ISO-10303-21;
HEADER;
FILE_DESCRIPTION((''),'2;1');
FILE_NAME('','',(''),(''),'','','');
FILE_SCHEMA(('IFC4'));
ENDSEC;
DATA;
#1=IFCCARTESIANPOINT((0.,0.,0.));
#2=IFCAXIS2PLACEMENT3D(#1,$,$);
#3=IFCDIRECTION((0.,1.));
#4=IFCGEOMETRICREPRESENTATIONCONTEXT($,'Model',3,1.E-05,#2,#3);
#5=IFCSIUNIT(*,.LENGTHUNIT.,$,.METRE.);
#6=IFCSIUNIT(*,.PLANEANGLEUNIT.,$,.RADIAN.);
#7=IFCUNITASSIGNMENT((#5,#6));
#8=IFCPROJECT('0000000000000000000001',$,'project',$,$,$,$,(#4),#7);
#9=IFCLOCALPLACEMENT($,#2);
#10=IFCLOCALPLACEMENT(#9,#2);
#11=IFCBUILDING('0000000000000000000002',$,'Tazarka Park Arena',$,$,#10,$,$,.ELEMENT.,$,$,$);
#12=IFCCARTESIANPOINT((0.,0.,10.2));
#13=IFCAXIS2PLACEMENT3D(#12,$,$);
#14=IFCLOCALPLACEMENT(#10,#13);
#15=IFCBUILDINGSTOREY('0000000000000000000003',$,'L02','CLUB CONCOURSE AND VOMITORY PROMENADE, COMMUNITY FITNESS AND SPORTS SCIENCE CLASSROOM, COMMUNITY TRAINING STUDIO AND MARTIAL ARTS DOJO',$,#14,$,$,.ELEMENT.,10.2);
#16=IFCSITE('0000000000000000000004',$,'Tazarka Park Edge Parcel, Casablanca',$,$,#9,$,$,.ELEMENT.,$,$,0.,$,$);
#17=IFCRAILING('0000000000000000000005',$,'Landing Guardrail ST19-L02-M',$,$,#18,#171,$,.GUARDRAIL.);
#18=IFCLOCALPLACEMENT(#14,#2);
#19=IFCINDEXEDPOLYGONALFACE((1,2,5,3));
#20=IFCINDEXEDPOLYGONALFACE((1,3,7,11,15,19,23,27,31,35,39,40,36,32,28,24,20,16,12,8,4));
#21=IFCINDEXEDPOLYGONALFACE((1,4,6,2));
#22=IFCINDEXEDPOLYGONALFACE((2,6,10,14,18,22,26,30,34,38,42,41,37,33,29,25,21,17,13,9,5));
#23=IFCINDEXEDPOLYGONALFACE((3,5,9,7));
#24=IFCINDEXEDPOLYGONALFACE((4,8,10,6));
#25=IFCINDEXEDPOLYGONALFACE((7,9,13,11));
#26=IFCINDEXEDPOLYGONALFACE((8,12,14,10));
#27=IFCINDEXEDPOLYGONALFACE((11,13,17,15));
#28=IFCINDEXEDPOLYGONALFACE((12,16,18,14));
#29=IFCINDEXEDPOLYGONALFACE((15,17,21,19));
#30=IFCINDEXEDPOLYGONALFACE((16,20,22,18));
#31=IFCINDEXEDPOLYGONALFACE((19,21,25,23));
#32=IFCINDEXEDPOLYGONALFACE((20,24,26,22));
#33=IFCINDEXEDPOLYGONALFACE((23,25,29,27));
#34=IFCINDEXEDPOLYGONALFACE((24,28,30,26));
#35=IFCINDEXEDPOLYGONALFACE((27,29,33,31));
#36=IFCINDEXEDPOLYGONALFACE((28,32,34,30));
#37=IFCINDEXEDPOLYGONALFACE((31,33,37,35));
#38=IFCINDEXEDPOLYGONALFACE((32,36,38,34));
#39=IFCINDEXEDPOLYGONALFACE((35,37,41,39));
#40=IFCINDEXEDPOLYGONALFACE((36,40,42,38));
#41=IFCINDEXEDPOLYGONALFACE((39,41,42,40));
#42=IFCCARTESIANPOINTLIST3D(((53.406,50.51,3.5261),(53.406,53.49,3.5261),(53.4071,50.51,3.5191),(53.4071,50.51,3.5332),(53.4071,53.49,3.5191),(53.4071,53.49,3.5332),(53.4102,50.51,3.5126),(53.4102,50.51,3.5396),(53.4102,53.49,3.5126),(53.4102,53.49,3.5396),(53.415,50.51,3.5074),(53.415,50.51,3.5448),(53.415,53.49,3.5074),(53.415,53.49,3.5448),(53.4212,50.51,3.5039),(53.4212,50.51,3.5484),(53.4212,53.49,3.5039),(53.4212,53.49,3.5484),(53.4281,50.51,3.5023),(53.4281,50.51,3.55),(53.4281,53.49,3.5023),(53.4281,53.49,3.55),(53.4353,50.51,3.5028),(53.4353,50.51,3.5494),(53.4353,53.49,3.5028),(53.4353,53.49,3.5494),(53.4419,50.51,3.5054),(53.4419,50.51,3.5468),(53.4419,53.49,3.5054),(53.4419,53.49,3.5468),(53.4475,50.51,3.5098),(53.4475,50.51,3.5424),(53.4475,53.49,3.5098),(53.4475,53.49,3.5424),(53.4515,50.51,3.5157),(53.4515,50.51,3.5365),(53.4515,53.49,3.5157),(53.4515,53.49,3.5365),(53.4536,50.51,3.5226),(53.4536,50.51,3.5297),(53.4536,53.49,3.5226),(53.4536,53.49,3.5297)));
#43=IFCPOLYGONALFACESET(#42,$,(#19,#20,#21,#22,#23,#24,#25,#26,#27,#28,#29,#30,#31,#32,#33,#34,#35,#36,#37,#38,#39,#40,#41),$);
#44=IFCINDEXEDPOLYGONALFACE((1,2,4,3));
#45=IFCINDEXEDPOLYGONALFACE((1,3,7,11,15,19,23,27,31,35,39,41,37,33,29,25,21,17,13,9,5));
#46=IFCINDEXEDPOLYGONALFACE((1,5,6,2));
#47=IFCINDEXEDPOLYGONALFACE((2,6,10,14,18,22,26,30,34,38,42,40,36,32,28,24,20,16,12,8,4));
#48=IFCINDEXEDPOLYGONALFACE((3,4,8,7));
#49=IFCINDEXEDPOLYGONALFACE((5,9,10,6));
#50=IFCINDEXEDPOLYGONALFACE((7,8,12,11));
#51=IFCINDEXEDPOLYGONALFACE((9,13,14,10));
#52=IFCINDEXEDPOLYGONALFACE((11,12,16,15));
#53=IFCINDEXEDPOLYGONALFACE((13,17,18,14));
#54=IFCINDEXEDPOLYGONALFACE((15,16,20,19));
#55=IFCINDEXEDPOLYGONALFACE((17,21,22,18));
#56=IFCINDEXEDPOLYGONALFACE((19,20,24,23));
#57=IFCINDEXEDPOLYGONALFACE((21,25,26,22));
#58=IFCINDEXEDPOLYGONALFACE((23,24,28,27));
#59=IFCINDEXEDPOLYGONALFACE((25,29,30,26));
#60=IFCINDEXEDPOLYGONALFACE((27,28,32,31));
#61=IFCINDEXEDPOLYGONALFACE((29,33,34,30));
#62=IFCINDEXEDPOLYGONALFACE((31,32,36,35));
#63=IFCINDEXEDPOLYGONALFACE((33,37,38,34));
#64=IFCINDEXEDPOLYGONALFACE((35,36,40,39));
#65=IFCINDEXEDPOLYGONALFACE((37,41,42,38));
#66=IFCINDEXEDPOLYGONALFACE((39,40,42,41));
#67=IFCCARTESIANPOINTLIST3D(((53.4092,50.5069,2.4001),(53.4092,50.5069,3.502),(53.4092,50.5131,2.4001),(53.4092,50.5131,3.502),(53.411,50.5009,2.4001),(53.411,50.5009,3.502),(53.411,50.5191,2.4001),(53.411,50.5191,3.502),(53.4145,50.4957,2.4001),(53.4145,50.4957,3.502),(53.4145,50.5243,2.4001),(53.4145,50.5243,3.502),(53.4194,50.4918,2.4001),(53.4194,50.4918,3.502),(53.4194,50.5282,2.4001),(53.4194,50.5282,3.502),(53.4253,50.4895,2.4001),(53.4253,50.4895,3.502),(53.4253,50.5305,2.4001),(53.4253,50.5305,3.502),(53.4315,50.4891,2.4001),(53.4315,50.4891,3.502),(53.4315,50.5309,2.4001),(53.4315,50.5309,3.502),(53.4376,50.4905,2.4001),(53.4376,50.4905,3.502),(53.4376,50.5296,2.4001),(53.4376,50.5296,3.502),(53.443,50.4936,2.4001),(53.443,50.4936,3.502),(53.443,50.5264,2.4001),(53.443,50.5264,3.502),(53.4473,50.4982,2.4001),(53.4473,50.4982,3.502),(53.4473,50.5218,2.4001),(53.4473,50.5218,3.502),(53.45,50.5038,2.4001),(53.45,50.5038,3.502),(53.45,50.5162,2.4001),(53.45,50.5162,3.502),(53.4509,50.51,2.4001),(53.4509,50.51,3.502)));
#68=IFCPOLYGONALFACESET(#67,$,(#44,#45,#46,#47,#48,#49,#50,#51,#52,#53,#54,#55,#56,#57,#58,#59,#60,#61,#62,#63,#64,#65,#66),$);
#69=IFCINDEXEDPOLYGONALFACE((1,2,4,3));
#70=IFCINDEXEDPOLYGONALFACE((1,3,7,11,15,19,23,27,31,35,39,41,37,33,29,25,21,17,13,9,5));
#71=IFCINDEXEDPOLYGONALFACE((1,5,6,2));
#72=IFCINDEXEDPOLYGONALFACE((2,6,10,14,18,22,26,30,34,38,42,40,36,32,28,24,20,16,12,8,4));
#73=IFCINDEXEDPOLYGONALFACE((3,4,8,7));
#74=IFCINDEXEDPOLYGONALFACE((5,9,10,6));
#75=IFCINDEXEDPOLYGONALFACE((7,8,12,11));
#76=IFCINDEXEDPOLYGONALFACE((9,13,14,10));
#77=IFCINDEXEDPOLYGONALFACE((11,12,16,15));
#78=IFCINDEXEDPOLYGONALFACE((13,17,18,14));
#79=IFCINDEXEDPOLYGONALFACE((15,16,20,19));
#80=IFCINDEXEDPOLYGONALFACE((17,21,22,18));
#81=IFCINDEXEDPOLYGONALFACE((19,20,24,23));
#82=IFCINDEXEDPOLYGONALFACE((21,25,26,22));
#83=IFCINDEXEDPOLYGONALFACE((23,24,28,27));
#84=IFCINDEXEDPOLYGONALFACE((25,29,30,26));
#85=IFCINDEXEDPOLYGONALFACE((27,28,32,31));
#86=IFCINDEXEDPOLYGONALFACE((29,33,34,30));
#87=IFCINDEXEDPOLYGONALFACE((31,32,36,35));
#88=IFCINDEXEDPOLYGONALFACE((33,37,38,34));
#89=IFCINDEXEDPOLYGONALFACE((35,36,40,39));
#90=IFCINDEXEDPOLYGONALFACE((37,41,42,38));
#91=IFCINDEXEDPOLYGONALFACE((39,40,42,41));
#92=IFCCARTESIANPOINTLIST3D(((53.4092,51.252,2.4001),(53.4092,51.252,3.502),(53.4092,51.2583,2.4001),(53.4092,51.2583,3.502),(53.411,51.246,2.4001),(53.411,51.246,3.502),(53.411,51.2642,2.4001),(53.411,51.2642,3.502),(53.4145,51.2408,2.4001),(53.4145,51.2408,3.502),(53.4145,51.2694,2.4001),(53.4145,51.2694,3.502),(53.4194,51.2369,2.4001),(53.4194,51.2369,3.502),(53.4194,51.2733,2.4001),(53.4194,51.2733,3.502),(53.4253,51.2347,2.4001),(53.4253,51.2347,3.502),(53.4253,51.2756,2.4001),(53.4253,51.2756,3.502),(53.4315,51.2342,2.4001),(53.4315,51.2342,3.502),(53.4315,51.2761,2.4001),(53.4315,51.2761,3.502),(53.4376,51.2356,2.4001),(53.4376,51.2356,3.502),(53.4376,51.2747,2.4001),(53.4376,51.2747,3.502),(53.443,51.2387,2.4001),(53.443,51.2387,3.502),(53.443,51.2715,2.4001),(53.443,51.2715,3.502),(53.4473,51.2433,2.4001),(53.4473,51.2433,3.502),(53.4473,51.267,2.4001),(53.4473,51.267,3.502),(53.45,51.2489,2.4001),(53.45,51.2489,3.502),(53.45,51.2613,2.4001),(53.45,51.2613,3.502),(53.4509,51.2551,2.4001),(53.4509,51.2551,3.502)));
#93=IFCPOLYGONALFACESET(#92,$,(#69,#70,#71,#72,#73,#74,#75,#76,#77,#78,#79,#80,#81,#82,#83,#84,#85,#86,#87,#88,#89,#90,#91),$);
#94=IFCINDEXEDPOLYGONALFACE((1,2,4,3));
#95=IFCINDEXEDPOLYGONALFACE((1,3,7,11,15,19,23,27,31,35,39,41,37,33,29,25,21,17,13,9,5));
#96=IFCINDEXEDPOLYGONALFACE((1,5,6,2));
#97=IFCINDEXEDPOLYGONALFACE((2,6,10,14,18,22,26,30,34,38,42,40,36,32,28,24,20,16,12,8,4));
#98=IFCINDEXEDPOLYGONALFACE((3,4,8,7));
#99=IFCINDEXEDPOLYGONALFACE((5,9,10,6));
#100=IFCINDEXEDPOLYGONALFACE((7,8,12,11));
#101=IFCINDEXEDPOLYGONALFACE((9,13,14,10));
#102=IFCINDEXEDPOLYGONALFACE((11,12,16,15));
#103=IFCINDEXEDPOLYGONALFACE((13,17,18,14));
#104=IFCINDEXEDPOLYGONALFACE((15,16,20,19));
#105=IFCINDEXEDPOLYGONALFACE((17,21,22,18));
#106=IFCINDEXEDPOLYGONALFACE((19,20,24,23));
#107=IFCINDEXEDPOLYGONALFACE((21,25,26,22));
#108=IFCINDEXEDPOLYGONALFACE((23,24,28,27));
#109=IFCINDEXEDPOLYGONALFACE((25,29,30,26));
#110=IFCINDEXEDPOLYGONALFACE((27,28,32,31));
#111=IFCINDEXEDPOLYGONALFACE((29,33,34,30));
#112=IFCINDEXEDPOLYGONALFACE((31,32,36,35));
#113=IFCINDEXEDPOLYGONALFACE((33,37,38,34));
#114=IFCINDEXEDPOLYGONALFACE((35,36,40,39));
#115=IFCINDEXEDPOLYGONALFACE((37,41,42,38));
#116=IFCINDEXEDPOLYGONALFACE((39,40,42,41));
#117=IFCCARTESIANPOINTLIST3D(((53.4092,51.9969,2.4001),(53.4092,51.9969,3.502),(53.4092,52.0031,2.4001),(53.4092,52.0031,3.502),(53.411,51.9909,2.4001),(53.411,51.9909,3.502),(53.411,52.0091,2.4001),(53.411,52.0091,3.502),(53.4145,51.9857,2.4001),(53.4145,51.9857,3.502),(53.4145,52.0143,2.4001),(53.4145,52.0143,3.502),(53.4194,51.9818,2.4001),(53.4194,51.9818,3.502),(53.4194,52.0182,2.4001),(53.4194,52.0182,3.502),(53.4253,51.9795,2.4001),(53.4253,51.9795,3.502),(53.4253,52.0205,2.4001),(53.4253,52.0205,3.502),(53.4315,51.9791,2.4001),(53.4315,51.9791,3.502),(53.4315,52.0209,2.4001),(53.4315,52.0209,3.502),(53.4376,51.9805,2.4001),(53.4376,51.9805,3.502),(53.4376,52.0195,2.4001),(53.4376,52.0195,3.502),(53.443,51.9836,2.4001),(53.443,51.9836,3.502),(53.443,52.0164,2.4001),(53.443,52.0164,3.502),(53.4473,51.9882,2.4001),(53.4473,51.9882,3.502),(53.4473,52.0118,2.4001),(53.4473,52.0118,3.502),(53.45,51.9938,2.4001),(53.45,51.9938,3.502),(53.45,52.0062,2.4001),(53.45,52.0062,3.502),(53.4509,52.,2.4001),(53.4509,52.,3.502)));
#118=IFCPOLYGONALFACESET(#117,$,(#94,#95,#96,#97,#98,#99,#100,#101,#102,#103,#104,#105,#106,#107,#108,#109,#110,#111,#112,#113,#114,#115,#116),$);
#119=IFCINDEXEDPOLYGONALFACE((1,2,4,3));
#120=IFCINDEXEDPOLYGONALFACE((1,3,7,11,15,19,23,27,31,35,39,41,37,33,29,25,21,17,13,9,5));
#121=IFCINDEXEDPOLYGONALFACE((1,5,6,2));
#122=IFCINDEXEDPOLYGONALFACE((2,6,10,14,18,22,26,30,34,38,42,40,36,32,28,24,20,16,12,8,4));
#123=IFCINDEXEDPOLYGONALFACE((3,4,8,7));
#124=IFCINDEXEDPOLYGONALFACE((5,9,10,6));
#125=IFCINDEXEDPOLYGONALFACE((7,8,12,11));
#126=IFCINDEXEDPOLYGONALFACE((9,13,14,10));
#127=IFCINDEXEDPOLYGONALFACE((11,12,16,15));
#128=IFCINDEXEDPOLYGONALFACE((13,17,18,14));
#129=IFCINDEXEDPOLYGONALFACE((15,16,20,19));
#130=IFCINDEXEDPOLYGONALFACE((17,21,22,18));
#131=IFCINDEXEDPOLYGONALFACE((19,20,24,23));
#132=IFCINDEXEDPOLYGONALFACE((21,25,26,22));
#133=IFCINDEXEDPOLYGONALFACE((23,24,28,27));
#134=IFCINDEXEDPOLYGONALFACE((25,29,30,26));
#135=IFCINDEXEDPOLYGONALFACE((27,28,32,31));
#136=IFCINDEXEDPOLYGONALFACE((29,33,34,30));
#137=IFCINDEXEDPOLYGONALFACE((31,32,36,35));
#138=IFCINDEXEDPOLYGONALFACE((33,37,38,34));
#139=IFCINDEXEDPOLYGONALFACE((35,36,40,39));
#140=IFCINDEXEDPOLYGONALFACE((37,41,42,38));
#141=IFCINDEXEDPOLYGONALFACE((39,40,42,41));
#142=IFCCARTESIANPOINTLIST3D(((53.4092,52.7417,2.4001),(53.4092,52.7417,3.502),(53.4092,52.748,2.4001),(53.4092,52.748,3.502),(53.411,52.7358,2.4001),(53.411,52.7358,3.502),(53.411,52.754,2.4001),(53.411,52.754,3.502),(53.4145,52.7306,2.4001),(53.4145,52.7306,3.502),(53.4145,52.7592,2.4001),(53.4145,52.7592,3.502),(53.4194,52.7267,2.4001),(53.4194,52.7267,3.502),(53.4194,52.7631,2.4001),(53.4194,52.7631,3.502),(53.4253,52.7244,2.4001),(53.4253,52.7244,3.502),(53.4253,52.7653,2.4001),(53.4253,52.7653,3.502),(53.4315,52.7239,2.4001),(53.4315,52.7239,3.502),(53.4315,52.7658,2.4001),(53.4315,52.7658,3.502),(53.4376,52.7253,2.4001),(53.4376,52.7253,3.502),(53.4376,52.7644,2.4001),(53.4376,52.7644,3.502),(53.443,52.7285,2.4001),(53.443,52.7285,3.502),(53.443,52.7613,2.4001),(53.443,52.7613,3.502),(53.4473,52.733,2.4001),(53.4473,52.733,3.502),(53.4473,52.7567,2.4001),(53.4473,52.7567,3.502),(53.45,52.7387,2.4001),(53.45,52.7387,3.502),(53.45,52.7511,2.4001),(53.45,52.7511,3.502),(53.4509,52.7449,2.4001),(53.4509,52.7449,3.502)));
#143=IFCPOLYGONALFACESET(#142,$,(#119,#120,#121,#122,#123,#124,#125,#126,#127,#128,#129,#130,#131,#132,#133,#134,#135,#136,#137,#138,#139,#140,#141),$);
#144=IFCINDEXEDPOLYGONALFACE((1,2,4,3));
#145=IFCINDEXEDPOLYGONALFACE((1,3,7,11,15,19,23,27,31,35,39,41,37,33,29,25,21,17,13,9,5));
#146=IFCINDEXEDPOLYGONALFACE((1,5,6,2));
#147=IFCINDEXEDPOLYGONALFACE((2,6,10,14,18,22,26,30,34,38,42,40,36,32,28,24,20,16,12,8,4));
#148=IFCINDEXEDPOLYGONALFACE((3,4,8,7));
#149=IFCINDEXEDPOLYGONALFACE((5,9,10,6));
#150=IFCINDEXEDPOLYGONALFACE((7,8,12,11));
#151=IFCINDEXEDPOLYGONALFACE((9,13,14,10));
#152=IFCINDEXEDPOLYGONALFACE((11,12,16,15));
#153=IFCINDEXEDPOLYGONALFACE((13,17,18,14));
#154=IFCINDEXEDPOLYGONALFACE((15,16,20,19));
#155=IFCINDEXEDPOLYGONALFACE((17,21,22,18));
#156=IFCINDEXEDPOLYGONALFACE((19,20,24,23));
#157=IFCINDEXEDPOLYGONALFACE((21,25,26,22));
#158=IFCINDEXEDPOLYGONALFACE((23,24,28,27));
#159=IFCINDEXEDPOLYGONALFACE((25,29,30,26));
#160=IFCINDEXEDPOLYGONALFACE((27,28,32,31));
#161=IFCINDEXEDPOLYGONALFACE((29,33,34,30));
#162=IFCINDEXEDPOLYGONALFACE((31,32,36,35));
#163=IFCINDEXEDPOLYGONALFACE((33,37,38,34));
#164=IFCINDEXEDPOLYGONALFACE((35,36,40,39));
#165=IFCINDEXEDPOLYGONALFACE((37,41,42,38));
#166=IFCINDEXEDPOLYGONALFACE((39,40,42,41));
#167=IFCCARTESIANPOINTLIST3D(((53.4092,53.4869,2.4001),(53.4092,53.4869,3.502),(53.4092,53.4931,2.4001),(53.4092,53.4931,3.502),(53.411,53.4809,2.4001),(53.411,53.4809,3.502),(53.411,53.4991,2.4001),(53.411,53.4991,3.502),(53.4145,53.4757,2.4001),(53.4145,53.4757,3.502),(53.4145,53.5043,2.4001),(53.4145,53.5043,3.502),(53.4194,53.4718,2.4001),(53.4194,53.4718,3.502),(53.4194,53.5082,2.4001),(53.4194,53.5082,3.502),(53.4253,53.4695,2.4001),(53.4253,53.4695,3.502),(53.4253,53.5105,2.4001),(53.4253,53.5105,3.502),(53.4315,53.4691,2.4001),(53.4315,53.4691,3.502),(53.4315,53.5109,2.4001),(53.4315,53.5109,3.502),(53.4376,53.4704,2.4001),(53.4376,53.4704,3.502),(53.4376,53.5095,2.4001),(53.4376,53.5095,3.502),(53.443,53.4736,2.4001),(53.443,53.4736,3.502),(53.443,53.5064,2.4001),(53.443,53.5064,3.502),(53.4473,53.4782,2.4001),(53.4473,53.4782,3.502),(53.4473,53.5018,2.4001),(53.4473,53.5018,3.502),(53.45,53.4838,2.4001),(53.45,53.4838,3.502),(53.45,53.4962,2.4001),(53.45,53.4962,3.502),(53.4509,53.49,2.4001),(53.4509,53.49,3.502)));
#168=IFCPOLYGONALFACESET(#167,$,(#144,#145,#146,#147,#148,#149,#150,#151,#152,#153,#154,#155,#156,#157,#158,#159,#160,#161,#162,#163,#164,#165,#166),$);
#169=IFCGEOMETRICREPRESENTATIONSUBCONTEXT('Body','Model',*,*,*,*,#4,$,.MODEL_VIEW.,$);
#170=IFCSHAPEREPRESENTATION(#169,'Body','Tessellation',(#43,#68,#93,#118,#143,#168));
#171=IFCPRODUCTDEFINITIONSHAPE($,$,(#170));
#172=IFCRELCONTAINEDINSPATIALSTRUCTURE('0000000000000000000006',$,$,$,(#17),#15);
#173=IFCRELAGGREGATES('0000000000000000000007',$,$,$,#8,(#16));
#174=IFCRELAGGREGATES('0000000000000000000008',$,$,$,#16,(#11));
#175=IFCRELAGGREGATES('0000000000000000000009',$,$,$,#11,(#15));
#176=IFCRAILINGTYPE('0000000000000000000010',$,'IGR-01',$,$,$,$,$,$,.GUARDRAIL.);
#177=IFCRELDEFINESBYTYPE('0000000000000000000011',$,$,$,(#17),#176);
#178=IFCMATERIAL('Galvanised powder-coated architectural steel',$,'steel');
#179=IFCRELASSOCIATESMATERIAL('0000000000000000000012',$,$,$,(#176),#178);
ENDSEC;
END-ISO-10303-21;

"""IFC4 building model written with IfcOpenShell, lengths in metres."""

from ifc_helpers import new_model, si_unit, direction, frame, origin, origin_2d, place, context, subcontext, project, spatial, circle, extrude, material, type_object, element, save


model = new_model("IFC4")

# Units and contexts
model_context = context("Model", 3, precision=1e-05, world=origin(), true_north=direction((0.0, 1.0)))
body_context = subcontext(model_context, "Body", "Model", "MODEL_VIEW")
ifc_project = project(units=[si_unit("LENGTHUNIT", "METRE"), si_unit("PLANEANGLEUNIT", "RADIAN")], contexts=[model_context])

# Site, building, storey
site_placement = place(None, origin())
site = spatial("IfcSite", under=ifc_project, at=site_placement, Name="Tazarka Park Edge Parcel, Casablanca", CompositionType="ELEMENT", RefElevation=0.0)
building_placement = place(site_placement, origin())
building = spatial("IfcBuilding", under=site, at=building_placement, Name="Tazarka Park Arena", CompositionType="ELEMENT")
storey_placement = place(building_placement, frame((0.0, 0.0, 10.2)))
storey = spatial("IfcBuildingStorey", under=building, at=storey_placement, Name="L02", Description="CLUB CONCOURSE AND VOMITORY PROMENADE, COMMUNITY FITNESS AND SPORTS SCIENCE CLASSROOM, COMMUNITY TRAINING STUDIO AND MARTIAL ARTS DOJO", CompositionType="ELEMENT", Elevation=10.2)

# Railing
ifc_material_1 = material(Name="Galvanised powder-coated architectural steel", Category="steel")
railing_type_1 = type_object("IfcRailingType", Name="IGR-01", PredefinedType="GUARDRAIL", material=ifc_material_1)
for number, where, name in (
    (1, (53.4299, 50.51, 2.4001), "Landing Guardrail ST19-L02-M"),
):
    element("IfcRailing", number, at=place(storey_placement, frame(where)), inside=storey, type_object=railing_type_1, Name=name, PredefinedType="GUARDRAIL", context=body_context, shape_type="SweptSolid", body=[
        extrude(circle(Radius=0.0239, at=origin_2d()), frame((0.0, 0.0, 1.126), z_axis=(0.0, 1.0, 0.0), x_axis=(-1.0, 0.0, 0.0)), (0.0, 0.0, 1.0), 2.98),
        extrude(circle(Radius=0.021, at=origin_2d()), origin(), (0.0, 0.0, 1.0), 1.1018),
        extrude(circle(Radius=0.021, at=origin_2d()), frame((0.0, 0.7451, 0.0)), (0.0, 0.0, 1.0), 1.1018),
        extrude(circle(Radius=0.021, at=origin_2d()), frame((0.0, 1.49, 0.0)), (0.0, 0.0, 1.0), 1.1018),
        extrude(circle(Radius=0.021, at=origin_2d()), frame((0.0, 2.2349, 0.0)), (0.0, 0.0, 1.0), 1.1018),
        extrude(circle(Radius=0.021, at=origin_2d()), frame((0.0, 2.98, 0.0)), (0.0, 0.0, 1.0), 1.1018),
    ])

save(model, "model.ifc")
